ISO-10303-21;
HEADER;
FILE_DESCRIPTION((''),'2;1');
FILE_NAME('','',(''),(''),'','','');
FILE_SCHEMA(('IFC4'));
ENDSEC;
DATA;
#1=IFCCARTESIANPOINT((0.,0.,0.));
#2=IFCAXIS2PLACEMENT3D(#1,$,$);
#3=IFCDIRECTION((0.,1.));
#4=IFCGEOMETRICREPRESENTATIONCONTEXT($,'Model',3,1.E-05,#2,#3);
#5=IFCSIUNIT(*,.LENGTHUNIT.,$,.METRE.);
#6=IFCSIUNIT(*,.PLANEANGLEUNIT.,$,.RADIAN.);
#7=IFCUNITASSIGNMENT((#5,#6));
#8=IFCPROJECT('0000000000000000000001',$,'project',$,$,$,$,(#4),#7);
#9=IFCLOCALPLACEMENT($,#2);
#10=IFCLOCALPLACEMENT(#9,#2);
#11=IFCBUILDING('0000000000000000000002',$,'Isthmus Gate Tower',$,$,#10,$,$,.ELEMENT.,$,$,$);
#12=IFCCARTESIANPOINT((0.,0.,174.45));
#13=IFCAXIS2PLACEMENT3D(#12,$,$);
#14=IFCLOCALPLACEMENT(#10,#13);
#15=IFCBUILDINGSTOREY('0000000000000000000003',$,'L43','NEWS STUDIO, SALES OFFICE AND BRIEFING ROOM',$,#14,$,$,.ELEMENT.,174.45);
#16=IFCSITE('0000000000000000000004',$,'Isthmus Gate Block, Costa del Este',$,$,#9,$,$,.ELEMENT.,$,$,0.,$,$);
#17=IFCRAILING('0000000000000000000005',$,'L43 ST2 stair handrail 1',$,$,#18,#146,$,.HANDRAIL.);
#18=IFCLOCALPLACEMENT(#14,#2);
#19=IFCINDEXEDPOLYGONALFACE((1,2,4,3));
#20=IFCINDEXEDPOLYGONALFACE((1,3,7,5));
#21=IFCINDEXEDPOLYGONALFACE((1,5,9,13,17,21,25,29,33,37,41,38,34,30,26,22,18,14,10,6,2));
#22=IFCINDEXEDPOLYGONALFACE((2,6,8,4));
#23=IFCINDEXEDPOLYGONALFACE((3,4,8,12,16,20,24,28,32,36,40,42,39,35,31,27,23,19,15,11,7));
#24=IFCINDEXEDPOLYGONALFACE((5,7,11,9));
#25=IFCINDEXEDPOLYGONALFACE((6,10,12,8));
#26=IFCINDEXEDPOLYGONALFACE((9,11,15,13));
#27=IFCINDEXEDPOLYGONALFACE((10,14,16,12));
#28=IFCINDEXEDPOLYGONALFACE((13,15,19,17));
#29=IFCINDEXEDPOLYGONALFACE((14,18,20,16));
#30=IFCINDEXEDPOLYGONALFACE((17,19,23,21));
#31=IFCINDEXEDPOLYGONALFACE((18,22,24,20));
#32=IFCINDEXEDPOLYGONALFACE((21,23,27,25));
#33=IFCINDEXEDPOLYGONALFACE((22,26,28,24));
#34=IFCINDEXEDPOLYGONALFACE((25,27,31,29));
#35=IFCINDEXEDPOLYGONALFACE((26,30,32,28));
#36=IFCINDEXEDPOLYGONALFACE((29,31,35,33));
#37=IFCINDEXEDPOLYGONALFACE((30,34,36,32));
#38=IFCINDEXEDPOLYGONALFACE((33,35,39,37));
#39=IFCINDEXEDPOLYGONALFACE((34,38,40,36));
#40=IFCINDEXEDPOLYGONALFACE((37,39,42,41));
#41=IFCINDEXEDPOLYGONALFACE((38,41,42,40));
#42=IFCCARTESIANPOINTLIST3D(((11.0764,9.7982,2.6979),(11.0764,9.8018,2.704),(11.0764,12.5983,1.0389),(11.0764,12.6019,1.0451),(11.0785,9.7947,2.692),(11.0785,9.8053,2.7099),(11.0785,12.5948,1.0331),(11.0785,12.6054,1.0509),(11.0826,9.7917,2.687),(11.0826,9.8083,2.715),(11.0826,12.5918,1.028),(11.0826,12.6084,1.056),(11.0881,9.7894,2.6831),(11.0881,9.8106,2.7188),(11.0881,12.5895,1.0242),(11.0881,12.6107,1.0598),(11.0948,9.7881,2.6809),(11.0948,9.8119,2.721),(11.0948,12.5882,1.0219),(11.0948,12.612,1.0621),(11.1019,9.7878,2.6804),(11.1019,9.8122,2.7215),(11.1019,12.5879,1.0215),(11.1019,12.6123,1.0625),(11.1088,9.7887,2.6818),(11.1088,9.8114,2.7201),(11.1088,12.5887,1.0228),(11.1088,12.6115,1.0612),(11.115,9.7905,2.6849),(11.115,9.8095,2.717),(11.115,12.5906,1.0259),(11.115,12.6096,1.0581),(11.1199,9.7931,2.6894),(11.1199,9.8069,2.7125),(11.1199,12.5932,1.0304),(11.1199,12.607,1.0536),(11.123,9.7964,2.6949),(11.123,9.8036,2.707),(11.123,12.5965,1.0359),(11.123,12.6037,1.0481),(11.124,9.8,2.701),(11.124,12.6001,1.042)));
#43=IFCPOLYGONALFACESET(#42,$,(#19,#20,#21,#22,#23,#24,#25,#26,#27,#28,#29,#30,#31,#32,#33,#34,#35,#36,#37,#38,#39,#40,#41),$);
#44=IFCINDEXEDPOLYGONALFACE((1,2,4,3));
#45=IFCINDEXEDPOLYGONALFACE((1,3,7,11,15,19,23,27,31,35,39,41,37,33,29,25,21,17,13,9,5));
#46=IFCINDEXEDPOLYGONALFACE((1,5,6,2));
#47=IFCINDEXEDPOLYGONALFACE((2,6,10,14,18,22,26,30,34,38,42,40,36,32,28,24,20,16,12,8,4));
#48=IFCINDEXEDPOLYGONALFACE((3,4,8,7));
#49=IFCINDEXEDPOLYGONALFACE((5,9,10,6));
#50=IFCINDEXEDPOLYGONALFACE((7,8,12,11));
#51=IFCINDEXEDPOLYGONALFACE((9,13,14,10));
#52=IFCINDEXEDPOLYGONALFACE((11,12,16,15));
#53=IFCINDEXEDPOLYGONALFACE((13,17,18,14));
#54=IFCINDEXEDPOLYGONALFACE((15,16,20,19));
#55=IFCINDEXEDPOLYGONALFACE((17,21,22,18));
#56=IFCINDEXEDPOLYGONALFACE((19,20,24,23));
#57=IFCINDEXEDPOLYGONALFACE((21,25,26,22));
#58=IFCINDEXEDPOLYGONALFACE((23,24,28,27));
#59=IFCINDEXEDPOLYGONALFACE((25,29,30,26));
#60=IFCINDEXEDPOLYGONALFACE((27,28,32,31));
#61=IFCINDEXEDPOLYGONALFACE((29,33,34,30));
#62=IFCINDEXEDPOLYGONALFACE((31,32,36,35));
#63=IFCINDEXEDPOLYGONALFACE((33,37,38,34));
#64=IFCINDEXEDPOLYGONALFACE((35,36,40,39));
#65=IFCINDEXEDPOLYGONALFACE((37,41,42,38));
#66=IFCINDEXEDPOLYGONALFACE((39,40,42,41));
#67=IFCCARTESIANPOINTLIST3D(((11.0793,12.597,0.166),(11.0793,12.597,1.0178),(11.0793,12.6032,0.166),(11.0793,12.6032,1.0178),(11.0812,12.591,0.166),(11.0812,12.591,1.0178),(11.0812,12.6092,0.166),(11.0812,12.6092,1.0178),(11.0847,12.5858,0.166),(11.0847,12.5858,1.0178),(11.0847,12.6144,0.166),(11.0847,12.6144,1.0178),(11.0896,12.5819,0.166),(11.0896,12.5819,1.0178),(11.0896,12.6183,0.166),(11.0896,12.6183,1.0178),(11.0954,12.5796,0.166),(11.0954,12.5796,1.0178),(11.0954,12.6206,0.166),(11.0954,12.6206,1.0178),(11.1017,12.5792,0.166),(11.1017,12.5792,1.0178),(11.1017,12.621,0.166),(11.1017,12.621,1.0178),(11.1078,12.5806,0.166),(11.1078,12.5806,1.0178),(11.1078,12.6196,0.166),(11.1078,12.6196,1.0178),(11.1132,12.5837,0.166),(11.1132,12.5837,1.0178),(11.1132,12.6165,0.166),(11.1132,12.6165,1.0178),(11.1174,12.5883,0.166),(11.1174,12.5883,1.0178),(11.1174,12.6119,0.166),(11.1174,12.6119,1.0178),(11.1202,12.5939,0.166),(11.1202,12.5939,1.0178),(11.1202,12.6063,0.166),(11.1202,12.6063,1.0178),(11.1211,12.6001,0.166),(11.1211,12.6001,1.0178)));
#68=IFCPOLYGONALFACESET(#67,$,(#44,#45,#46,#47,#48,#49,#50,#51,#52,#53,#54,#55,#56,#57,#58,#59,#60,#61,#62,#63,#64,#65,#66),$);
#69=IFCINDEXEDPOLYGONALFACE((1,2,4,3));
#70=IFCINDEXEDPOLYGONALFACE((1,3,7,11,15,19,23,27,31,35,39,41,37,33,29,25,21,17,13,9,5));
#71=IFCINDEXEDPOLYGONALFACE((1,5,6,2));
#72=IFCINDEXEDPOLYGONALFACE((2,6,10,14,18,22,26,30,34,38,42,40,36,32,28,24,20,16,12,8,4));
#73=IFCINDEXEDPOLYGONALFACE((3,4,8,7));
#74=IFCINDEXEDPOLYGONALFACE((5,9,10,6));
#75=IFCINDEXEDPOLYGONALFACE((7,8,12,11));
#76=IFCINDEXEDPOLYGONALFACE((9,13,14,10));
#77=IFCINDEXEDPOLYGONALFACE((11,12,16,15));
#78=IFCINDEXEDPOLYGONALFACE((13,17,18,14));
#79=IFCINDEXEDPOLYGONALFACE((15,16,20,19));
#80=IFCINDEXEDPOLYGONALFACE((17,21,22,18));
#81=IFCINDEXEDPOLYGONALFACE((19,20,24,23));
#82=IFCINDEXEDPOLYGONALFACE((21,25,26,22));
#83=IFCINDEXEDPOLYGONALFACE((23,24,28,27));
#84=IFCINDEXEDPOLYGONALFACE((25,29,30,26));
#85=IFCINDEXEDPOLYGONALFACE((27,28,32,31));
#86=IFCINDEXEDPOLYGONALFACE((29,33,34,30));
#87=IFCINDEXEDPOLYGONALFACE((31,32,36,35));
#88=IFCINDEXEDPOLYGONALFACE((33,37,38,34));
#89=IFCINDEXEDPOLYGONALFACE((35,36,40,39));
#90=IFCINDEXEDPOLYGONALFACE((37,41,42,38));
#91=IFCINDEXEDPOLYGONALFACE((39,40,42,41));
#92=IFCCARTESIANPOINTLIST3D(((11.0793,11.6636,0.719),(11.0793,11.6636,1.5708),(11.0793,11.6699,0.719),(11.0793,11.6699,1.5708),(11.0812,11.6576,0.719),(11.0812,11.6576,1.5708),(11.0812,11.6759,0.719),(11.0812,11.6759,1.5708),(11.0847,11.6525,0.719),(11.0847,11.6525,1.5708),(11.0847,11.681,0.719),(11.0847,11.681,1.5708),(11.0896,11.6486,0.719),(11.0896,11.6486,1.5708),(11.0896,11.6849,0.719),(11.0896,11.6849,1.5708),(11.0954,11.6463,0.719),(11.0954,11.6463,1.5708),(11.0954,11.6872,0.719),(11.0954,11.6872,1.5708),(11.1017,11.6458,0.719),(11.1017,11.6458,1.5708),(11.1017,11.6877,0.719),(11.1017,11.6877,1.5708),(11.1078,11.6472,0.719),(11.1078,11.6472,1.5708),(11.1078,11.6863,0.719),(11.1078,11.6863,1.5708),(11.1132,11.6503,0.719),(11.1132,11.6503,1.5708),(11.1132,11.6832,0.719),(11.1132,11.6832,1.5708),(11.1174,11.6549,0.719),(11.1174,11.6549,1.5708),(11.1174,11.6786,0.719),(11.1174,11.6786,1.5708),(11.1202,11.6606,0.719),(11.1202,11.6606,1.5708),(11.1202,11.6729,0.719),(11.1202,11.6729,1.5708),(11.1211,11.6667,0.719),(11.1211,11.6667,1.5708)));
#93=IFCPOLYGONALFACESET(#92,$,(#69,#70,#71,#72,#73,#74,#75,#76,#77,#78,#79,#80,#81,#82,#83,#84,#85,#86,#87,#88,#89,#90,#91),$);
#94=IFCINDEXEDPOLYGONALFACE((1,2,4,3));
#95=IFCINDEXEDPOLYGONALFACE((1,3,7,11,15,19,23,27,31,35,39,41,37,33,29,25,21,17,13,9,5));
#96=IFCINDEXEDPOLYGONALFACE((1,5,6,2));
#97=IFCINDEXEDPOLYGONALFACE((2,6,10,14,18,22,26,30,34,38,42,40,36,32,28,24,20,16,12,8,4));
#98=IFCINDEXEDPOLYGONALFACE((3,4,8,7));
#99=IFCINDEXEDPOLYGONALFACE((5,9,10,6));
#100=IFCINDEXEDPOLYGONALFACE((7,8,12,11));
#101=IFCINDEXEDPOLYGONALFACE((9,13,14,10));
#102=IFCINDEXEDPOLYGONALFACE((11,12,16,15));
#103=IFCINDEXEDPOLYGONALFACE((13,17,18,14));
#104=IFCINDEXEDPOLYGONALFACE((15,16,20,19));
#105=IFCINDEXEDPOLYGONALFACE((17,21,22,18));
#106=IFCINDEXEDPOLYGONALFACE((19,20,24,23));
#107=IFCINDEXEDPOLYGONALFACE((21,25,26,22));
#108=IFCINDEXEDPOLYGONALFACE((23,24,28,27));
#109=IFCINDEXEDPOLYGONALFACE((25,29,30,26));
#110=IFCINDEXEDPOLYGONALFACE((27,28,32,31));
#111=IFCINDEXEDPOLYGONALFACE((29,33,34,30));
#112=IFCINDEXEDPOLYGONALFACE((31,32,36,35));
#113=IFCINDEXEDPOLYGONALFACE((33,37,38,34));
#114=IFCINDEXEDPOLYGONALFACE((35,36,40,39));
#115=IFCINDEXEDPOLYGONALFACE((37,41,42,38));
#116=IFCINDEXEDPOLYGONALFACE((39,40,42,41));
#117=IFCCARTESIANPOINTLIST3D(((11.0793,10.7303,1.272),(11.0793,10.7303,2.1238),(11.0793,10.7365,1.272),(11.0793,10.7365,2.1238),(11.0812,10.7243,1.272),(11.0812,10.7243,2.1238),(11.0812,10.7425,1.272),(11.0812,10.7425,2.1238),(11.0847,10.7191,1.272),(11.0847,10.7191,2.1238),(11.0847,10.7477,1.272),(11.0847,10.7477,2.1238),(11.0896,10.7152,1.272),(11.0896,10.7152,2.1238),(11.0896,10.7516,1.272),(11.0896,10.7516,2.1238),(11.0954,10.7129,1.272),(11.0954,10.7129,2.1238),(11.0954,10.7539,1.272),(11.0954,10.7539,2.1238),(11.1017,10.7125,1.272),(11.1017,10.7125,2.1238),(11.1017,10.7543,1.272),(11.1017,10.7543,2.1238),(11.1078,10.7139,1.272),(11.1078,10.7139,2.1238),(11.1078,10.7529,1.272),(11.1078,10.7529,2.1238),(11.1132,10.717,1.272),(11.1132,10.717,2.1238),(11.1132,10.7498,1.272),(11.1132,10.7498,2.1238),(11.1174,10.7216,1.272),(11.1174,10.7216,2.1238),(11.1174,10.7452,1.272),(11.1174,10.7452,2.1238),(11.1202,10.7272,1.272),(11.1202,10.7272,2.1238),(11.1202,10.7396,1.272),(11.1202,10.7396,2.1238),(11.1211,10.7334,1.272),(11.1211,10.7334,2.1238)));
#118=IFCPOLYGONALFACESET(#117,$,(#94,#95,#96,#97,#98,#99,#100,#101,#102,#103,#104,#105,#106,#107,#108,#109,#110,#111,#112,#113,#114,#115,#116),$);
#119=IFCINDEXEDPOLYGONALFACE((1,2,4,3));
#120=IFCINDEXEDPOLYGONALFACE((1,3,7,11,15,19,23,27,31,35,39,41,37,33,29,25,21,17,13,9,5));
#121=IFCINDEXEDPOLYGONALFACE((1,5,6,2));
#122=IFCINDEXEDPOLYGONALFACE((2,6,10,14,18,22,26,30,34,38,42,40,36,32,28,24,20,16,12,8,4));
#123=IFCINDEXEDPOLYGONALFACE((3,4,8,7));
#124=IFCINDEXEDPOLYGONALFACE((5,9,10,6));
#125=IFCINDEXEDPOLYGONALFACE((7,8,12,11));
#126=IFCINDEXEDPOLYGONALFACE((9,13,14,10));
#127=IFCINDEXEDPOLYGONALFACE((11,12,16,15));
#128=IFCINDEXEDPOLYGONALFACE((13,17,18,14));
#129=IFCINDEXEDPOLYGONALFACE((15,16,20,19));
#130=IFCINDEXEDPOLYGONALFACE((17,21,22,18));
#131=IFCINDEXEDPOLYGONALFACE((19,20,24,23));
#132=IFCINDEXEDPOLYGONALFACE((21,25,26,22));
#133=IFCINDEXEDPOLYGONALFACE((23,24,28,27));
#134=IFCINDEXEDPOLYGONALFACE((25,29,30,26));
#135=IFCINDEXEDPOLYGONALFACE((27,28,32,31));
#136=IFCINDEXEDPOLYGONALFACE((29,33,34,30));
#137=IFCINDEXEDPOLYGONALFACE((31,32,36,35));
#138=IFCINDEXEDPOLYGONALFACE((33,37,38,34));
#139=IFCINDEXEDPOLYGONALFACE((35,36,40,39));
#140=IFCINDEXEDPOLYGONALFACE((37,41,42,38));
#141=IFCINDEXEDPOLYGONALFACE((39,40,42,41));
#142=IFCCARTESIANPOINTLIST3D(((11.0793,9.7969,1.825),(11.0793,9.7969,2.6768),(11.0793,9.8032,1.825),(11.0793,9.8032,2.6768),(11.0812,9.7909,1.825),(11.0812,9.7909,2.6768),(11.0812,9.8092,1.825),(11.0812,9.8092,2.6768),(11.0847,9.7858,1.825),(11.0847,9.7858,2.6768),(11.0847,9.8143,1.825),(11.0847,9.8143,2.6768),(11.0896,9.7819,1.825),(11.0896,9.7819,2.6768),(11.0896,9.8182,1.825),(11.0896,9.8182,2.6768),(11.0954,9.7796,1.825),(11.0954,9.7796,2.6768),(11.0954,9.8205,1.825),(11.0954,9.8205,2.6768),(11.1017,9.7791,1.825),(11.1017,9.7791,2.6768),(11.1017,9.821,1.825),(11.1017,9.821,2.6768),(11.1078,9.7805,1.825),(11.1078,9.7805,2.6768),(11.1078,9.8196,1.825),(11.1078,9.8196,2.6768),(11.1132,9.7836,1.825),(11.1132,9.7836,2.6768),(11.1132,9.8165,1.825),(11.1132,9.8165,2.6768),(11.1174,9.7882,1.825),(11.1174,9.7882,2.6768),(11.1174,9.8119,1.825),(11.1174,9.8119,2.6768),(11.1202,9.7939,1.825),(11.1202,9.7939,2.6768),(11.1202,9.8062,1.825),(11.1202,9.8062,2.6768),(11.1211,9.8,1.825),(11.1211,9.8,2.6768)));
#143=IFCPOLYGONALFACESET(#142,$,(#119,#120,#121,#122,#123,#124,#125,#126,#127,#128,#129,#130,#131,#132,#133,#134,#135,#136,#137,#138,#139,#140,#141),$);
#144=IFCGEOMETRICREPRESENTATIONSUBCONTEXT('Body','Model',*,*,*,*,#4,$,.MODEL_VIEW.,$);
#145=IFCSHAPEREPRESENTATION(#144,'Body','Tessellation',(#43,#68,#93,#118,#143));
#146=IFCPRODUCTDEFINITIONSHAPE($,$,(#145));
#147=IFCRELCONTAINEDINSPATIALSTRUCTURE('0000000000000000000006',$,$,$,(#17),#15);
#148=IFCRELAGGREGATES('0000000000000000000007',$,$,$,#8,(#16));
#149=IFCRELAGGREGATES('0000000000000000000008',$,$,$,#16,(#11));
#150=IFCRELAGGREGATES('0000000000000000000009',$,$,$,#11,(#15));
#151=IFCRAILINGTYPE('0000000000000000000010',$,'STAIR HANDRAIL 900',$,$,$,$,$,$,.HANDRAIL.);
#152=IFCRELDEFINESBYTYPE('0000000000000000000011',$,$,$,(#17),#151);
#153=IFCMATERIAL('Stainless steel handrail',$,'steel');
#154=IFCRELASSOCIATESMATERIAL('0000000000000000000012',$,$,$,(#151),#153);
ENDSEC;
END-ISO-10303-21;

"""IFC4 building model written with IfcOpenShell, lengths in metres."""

from ifc_helpers import new_model, si_unit, direction, frame, origin, origin_2d, place, context, subcontext, project, spatial, circle, extrude, material, type_object, element, save


model = new_model("IFC4")

# Units and contexts
model_context = context("Model", 3, precision=1e-05, world=origin(), true_north=direction((0.0, 1.0)))
body_context = subcontext(model_context, "Body", "Model", "MODEL_VIEW")
ifc_project = project(units=[si_unit("LENGTHUNIT", "METRE"), si_unit("PLANEANGLEUNIT", "RADIAN")], contexts=[model_context])

# Site, building, storey
site_placement = place(None, origin())
site = spatial("IfcSite", under=ifc_project, at=site_placement, Name="Isthmus Gate Block, Costa del Este", CompositionType="ELEMENT", RefElevation=0.0)
building_placement = place(site_placement, origin())
building = spatial("IfcBuilding", under=site, at=building_placement, Name="Isthmus Gate Tower", CompositionType="ELEMENT")
storey_placement = place(building_placement, frame((0.0, 0.0, 174.45)))
storey = spatial("IfcBuildingStorey", under=building, at=storey_placement, Name="L43", Description="NEWS STUDIO, SALES OFFICE AND BRIEFING ROOM", CompositionType="ELEMENT", Elevation=174.45)

# Railing
ifc_material_1 = material(Name="Stainless steel handrail", Category="steel")
railing_type_1 = type_object("IfcRailingType", Name="STAIR HANDRAIL 900", PredefinedType="HANDRAIL", material=ifc_material_1)
railing_1_placement = place(storey_placement, frame((11.1001, 12.6001, 0.166)))
element("IfcRailing", 1, at=railing_1_placement, inside=storey, type_object=railing_type_1, Name="L43 ST2 stair handrail 1", PredefinedType="HANDRAIL", context=body_context, shape_type="SweptSolid", body=[
    extrude(circle(Radius=0.0239, at=origin_2d()), frame((0.0, 0.0, 0.876), z_axis=(0.0, -0.860339, 0.509722), x_axis=(1.0, 0.0, 0.0)), (0.0, 0.0, 1.0), 3.2546),
    extrude(circle(Radius=0.021, at=origin_2d()), origin(), (0.0, 0.0, 1.0), 0.8518),
    extrude(circle(Radius=0.021, at=origin_2d()), frame((0.0, -0.9333, 0.553)), (0.0, 0.0, 1.0), 0.8518),
    extrude(circle(Radius=0.021, at=origin_2d()), frame((0.0, -1.8667, 1.106)), (0.0, 0.0, 1.0), 0.8518),
    extrude(circle(Radius=0.021, at=origin_2d()), frame((0.0, -2.8, 1.6589)), (0.0, 0.0, 1.0), 0.8518),
])

save(model, "model.ifc")
